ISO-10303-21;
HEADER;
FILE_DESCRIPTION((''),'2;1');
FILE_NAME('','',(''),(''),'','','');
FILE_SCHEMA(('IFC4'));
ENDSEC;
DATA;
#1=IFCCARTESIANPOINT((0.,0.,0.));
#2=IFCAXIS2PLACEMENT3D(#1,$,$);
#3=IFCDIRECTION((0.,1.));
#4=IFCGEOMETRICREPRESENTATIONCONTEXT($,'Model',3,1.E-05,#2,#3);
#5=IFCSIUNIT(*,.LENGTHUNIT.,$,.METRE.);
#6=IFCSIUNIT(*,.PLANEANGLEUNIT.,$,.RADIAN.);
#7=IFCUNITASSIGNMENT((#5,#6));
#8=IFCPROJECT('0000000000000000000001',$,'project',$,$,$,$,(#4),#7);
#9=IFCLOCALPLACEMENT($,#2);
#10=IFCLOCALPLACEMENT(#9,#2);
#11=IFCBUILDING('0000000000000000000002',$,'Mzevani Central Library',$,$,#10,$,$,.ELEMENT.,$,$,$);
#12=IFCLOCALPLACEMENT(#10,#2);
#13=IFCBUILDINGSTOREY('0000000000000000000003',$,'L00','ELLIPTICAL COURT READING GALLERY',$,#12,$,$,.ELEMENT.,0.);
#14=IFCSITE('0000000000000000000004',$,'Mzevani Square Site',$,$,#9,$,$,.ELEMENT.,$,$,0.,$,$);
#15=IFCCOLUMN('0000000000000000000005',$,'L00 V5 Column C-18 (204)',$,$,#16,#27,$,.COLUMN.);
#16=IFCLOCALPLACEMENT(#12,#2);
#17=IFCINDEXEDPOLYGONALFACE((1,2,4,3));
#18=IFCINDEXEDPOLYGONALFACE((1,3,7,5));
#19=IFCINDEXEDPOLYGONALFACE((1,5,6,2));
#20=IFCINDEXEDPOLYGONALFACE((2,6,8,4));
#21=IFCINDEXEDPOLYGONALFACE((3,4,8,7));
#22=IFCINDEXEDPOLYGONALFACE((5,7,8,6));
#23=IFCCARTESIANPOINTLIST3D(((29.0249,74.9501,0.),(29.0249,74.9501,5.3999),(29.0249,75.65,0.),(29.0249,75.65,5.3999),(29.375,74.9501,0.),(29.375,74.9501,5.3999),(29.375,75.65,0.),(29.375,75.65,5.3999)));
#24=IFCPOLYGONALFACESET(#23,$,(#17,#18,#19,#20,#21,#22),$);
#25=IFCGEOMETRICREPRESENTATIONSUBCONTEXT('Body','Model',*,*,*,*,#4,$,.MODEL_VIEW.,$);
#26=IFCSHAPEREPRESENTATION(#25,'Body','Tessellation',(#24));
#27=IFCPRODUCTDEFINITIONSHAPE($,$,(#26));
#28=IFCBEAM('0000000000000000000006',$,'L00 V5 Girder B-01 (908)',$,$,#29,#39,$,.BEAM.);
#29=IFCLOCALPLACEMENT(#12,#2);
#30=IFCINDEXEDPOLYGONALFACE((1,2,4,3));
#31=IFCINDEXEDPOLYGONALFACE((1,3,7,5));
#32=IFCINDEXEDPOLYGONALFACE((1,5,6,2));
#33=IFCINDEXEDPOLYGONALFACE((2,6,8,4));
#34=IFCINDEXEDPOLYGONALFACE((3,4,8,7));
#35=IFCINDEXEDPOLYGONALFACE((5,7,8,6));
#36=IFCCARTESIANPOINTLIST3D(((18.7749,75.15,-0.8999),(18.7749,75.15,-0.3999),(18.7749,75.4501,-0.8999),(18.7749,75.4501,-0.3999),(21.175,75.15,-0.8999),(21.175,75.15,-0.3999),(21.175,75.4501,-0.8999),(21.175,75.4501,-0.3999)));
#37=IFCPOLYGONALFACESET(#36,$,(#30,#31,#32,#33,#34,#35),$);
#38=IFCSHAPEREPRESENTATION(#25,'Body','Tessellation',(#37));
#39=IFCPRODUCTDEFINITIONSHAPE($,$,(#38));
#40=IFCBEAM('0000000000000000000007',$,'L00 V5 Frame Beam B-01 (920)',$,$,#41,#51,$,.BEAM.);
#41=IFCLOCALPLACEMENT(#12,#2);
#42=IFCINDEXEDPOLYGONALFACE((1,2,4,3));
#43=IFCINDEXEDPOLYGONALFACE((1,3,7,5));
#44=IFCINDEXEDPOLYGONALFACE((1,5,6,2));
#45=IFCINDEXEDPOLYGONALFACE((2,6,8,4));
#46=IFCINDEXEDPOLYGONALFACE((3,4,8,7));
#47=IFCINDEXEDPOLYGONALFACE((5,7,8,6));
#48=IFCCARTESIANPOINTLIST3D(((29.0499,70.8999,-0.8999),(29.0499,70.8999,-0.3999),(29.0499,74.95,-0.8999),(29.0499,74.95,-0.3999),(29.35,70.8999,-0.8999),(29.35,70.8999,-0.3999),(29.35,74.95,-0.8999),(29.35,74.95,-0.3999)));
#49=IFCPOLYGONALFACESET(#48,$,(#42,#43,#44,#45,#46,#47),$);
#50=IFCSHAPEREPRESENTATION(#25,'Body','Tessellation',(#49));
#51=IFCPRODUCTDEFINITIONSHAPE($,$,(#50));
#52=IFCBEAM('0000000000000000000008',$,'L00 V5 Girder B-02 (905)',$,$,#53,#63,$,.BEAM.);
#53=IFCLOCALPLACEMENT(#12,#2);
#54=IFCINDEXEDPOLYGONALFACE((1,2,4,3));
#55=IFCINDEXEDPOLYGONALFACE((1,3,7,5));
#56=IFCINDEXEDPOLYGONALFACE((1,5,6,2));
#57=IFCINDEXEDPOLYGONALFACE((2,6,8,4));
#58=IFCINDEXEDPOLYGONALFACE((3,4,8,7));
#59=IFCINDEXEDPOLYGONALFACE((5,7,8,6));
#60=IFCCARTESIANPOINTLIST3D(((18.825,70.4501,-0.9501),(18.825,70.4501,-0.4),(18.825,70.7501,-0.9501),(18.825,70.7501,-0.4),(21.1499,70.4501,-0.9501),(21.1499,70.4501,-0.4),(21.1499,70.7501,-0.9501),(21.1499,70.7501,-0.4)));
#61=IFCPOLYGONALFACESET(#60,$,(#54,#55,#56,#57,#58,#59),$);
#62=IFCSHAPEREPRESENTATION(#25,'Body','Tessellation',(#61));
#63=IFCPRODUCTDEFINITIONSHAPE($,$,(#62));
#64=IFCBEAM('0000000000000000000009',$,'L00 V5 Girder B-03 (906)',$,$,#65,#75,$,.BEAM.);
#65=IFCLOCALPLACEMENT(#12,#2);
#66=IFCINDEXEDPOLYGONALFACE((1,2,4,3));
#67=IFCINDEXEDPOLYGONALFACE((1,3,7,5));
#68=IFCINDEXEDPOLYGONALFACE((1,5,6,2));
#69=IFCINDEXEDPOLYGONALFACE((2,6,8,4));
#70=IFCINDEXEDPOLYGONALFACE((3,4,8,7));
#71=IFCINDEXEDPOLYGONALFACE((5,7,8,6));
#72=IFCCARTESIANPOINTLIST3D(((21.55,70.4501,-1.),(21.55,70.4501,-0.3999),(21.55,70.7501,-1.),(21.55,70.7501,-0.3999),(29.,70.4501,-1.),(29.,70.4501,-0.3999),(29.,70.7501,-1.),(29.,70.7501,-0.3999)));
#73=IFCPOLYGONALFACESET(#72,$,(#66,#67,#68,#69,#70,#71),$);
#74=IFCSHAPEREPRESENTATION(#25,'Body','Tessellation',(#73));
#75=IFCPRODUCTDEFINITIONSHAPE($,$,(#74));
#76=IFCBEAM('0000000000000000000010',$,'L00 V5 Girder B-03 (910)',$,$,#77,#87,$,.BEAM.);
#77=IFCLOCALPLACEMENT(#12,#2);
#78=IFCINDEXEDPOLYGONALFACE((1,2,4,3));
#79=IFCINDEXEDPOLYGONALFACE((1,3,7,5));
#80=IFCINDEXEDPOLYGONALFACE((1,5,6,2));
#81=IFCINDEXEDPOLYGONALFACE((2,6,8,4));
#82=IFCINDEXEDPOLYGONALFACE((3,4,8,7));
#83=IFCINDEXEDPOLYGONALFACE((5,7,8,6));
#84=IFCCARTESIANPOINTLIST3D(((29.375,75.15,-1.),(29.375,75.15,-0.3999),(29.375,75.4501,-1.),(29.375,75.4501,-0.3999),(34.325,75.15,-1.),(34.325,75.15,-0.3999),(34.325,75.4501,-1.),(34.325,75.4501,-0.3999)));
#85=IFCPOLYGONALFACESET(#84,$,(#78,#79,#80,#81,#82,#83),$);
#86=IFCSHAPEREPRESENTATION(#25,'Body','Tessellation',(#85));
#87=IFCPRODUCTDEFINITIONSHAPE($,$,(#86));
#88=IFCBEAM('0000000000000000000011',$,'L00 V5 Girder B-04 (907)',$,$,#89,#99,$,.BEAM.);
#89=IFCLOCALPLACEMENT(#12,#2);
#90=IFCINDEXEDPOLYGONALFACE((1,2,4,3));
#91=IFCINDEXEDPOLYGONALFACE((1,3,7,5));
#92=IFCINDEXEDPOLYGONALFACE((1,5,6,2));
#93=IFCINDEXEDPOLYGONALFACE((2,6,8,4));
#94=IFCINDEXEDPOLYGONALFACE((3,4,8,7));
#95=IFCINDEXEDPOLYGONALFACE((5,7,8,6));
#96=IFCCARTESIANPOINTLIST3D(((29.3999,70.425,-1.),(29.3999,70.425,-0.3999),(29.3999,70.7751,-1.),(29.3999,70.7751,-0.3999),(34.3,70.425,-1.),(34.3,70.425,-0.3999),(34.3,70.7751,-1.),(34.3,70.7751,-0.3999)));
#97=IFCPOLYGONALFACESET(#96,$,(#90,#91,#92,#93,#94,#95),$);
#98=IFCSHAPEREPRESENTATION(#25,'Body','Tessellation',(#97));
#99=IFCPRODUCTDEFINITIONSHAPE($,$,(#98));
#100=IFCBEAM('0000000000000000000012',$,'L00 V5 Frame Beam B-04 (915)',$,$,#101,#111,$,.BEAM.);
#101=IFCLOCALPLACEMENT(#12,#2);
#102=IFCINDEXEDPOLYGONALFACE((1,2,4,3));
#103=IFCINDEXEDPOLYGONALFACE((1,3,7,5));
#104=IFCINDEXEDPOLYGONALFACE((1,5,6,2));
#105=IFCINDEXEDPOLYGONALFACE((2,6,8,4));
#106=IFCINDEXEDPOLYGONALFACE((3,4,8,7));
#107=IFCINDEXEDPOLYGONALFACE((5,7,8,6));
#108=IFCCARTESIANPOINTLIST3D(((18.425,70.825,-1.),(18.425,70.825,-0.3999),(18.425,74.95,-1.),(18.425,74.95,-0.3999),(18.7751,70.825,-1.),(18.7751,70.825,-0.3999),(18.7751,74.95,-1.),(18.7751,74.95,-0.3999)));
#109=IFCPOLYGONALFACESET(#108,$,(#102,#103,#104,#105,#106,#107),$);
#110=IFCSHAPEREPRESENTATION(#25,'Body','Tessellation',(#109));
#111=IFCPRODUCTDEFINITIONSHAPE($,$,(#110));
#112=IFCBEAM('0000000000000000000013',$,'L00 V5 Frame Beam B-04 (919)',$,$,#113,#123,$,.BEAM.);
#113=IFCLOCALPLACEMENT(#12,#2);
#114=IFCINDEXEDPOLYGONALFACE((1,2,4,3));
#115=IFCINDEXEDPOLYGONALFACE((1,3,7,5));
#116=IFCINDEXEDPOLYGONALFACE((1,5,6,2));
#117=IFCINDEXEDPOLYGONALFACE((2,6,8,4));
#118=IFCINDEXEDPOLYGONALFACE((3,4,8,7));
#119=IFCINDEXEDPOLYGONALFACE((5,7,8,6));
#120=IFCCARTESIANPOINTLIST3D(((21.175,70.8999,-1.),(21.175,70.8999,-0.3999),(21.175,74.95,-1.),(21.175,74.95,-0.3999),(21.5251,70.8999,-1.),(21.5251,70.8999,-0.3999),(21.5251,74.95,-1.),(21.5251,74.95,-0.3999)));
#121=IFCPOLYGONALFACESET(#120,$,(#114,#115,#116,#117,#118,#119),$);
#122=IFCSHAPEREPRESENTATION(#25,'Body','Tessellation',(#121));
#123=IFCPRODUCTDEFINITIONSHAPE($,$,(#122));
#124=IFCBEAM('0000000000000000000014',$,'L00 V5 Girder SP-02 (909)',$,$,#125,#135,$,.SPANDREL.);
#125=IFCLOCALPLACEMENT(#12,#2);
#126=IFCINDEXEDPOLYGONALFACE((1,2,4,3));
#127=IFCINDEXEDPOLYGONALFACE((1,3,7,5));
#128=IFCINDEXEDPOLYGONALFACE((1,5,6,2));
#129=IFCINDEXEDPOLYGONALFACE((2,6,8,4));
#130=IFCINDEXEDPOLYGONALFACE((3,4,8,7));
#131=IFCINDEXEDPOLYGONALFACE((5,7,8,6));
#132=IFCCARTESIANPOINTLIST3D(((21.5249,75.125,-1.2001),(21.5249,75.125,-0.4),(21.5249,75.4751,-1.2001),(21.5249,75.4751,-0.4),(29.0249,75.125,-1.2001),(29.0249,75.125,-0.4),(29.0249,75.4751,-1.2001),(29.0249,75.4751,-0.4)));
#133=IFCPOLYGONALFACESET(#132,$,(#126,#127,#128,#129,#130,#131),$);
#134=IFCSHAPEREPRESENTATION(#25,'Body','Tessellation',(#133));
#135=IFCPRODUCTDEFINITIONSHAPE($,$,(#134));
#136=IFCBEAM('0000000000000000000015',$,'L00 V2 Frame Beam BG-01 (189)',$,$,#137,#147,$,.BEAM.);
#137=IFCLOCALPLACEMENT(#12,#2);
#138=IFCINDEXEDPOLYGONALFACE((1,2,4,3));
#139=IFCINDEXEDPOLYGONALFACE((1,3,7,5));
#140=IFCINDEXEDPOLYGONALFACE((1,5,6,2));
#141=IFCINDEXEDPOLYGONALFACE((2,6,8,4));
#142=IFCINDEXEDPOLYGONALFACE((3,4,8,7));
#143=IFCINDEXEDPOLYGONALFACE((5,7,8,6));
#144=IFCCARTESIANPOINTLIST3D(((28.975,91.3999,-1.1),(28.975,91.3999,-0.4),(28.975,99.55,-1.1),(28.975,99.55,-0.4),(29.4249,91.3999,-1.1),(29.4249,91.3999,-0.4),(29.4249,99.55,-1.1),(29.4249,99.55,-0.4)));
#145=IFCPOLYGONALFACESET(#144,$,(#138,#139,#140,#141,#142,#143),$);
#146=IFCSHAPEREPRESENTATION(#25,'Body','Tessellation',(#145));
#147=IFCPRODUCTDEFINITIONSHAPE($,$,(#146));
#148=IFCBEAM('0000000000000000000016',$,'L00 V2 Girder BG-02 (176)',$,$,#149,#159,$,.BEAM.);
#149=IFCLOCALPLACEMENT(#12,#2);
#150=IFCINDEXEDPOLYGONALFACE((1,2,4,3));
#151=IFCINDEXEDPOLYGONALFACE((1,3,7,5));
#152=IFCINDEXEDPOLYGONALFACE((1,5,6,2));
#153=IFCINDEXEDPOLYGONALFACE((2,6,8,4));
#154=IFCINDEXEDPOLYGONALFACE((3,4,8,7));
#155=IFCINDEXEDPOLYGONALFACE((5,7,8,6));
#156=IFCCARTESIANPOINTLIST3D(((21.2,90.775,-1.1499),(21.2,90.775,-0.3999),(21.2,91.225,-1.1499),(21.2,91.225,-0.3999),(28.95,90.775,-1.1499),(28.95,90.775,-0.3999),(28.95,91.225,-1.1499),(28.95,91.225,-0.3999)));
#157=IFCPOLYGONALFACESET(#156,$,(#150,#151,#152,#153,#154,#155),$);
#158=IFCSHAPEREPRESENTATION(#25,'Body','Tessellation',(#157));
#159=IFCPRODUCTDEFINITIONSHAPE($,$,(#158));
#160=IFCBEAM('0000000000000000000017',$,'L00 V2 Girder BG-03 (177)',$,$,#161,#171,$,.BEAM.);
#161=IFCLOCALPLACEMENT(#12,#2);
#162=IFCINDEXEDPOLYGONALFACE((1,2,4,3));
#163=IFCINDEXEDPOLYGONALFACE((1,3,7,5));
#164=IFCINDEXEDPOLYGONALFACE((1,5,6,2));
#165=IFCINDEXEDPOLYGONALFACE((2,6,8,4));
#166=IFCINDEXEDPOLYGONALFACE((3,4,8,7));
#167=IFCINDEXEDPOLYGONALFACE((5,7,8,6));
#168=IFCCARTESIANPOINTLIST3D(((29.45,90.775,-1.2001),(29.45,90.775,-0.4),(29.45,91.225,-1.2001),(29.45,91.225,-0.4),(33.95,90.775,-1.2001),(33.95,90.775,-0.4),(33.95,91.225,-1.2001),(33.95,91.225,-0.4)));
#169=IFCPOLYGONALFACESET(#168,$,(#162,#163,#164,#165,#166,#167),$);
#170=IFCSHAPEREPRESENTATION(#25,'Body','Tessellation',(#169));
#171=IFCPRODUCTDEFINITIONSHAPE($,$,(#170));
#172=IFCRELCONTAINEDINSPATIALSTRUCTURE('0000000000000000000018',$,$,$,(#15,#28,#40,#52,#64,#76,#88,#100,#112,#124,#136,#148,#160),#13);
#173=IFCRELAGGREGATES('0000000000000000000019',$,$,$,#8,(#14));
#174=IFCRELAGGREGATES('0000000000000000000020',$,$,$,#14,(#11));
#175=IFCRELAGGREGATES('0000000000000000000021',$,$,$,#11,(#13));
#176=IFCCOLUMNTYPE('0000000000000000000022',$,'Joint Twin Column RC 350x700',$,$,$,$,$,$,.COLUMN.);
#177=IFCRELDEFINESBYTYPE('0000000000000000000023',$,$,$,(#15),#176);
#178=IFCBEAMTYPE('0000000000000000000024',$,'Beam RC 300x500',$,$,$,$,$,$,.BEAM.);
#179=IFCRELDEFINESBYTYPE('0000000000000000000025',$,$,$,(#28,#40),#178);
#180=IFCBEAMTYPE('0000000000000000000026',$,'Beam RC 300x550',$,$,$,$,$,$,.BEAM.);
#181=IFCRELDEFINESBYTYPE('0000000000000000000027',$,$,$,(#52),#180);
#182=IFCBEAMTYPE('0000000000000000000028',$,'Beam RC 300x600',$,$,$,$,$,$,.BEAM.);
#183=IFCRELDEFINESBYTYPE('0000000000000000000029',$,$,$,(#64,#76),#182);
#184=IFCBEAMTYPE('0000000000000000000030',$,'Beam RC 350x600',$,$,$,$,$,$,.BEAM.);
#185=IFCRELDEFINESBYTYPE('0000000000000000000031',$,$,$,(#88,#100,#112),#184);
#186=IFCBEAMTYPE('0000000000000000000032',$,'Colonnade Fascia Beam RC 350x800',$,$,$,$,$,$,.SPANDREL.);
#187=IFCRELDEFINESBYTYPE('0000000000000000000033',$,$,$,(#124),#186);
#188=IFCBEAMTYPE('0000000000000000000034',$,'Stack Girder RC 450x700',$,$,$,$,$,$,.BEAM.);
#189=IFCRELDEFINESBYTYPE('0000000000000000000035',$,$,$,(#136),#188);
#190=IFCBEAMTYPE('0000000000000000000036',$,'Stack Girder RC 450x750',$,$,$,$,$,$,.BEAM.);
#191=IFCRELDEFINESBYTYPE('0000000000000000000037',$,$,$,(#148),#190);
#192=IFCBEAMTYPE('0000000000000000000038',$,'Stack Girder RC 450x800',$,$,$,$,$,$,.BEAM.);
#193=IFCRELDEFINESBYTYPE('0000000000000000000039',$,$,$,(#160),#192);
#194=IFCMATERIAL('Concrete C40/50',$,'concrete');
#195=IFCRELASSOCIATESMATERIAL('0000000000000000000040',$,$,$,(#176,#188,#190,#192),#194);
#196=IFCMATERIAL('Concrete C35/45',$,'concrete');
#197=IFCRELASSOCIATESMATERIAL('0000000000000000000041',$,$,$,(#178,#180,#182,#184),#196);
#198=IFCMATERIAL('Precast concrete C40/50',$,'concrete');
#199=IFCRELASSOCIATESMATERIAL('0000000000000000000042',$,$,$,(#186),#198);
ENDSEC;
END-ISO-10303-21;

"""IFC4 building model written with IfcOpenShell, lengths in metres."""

from ifc_helpers import new_model, si_unit, direction, frame, origin, origin_2d, place, context, subcontext, project, spatial, rectangle, extrude, material, material_profile, profile_set, type_object, element, save


model = new_model("IFC4")

# Units and contexts
model_context = context("Model", 3, precision=1e-05, world=origin(), true_north=direction((0.0, 1.0)))
body_context = subcontext(model_context, "Body", "Model", "MODEL_VIEW")
ifc_project = project(units=[si_unit("LENGTHUNIT", "METRE"), si_unit("PLANEANGLEUNIT", "RADIAN")], contexts=[model_context])

# Site, building, storey
site_placement = place(None, origin())
site = spatial("IfcSite", under=ifc_project, at=site_placement, Name="Mzevani Square Site", CompositionType="ELEMENT", RefElevation=0.0)
building_placement = place(site_placement, origin())
building = spatial("IfcBuilding", under=site, at=building_placement, Name="Mzevani Central Library", CompositionType="ELEMENT")
storey_placement = place(building_placement, origin())
storey = spatial("IfcBuildingStorey", under=building, at=storey_placement, Name="L00", Description="ELLIPTICAL COURT READING GALLERY", CompositionType="ELEMENT", Elevation=0.0)

# Column
ifc_material_1 = material(Name="Concrete C40/50", Category="concrete")
ifc_material_profile_1 = material_profile(ifc_material_1, rectangle(XDim=0.3501, YDim=0.7, at=origin_2d()), Name="RC 350x700")
ifc_profile_set_1 = profile_set([ifc_material_profile_1], Name="Concrete C40/50")
column_type_1 = type_object("IfcColumnType", Name="Joint Twin Column RC 350x700", PredefinedType="COLUMN", material=ifc_profile_set_1)
for number, where, z_axis, x_axis, name in (
    (1, (29.2, 75.3, 0.0), (0.0, 0.0, 1.0), (1.0, 0.0, 0.0), "L00 V5 Column C-18 (204)"),
):
    element("IfcColumn", number, at=place(storey_placement, frame(where, z_axis=z_axis, x_axis=x_axis)), inside=storey, type_object=column_type_1, Name=name, PredefinedType="COLUMN", context=body_context, shape_type="SweptSolid", body=[
        extrude(rectangle(XDim=0.3501, YDim=0.7, at=origin_2d()), origin(), (0.0, 0.0, 1.0), 5.3999),
    ])

# Beams
ifc_material_2 = material(Name="Concrete C35/45", Category="concrete")
ifc_material_profile_2 = material_profile(ifc_material_2, rectangle(XDim=0.3, YDim=0.5, at=origin_2d()), Name="RC B300x500")
ifc_profile_set_2 = profile_set([ifc_material_profile_2], Name="Concrete C35/45")
beam_type_1 = type_object("IfcBeamType", Name="Beam RC 300x500", PredefinedType="BEAM", material=ifc_profile_set_2)
beam_1_placement = place(storey_placement, frame((18.7749, 75.3, -0.6499), z_axis=(1.0, 0.0, 0.0), x_axis=(0.0, 1.0, 0.0)))
element("IfcBeam", 2, at=beam_1_placement, inside=storey, type_object=beam_type_1, Name="L00 V5 Girder B-01 (908)", PredefinedType="BEAM", context=body_context, shape_type="SweptSolid", body=[
    extrude(rectangle(XDim=0.3, YDim=0.5, at=origin_2d()), origin(), (0.0, 0.0, 1.0), 2.4001),
])
beam_2_placement = place(storey_placement, frame((29.2, 70.8999, -0.6499), z_axis=(0.0, 1.0, 0.0), x_axis=(-1.0, 0.0, 0.0)))
element("IfcBeam", 3, at=beam_2_placement, inside=storey, type_object=beam_type_1, Name="L00 V5 Frame Beam B-01 (920)", PredefinedType="BEAM", context=body_context, shape_type="SweptSolid", body=[
    extrude(rectangle(XDim=0.3, YDim=0.5, at=origin_2d()), origin(), (0.0, 0.0, 1.0), 4.05),
])
ifc_material_profile_3 = material_profile(ifc_material_2, rectangle(XDim=0.3, YDim=0.55, at=origin_2d()), Name="RC B300x550")
ifc_profile_set_3 = profile_set([ifc_material_profile_3], Name="Concrete C35/45")
beam_type_2 = type_object("IfcBeamType", Name="Beam RC 300x550", PredefinedType="BEAM", material=ifc_profile_set_3)
beam_3_placement = place(storey_placement, frame((18.825, 70.6001, -0.675), z_axis=(1.0, 0.0, 0.0), x_axis=(0.0, 1.0, 0.0)))
element("IfcBeam", 4, at=beam_3_placement, inside=storey, type_object=beam_type_2, Name="L00 V5 Girder B-02 (905)", PredefinedType="BEAM", context=body_context, shape_type="SweptSolid", body=[
    extrude(rectangle(XDim=0.3, YDim=0.55, at=origin_2d()), origin(), (0.0, 0.0, 1.0), 2.325),
])
ifc_material_profile_4 = material_profile(ifc_material_2, rectangle(XDim=0.3, YDim=0.6001, at=origin_2d()), Name="RC B300x600")
ifc_profile_set_4 = profile_set([ifc_material_profile_4], Name="Concrete C35/45")
beam_type_3 = type_object("IfcBeamType", Name="Beam RC 300x600", PredefinedType="BEAM", material=ifc_profile_set_4)
beam_4_placement = place(storey_placement, frame((21.55, 70.6001, -0.7), z_axis=(1.0, 0.0, 0.0), x_axis=(0.0, 1.0, 0.0)))
element("IfcBeam", 5, at=beam_4_placement, inside=storey, type_object=beam_type_3, Name="L00 V5 Girder B-03 (906)", PredefinedType="BEAM", context=body_context, shape_type="SweptSolid", body=[
    extrude(rectangle(XDim=0.3, YDim=0.6001, at=origin_2d()), origin(), (0.0, 0.0, 1.0), 7.45),
])
beam_5_placement = place(storey_placement, frame((29.375, 75.3, -0.7), z_axis=(1.0, 0.0, 0.0), x_axis=(0.0, 1.0, 0.0)))
element("IfcBeam", 6, at=beam_5_placement, inside=storey, type_object=beam_type_3, Name="L00 V5 Girder B-03 (910)", PredefinedType="BEAM", context=body_context, shape_type="SweptSolid", body=[
    extrude(rectangle(XDim=0.3, YDim=0.6001, at=origin_2d()), origin(), (0.0, 0.0, 1.0), 4.95),
])
ifc_material_profile_5 = material_profile(ifc_material_2, rectangle(XDim=0.3501, YDim=0.6001, at=origin_2d()), Name="RC B350x600")
ifc_profile_set_5 = profile_set([ifc_material_profile_5], Name="Concrete C35/45")
beam_type_4 = type_object("IfcBeamType", Name="Beam RC 350x600", PredefinedType="BEAM", material=ifc_profile_set_5)
beam_6_placement = place(storey_placement, frame((29.3999, 70.6001, -0.7), z_axis=(1.0, 0.0, 0.0), x_axis=(0.0, 1.0, 0.0)))
element("IfcBeam", 7, at=beam_6_placement, inside=storey, type_object=beam_type_4, Name="L00 V5 Girder B-04 (907)", PredefinedType="BEAM", context=body_context, shape_type="SweptSolid", body=[
    extrude(rectangle(XDim=0.3501, YDim=0.6001, at=origin_2d()), origin(), (0.0, 0.0, 1.0), 4.9001),
])
beam_7_placement = place(storey_placement, frame((18.6001, 70.825, -0.7), z_axis=(0.0, 1.0, 0.0), x_axis=(-1.0, 0.0, 0.0)))
element("IfcBeam", 8, at=beam_7_placement, inside=storey, type_object=beam_type_4, Name="L00 V5 Frame Beam B-04 (915)", PredefinedType="BEAM", context=body_context, shape_type="SweptSolid", body=[
    extrude(rectangle(XDim=0.3501, YDim=0.6001, at=origin_2d()), origin(), (0.0, 0.0, 1.0), 4.125),
])
beam_8_placement = place(storey_placement, frame((21.3501, 70.8999, -0.7), z_axis=(0.0, 1.0, 0.0), x_axis=(-1.0, 0.0, 0.0)))
element("IfcBeam", 9, at=beam_8_placement, inside=storey, type_object=beam_type_4, Name="L00 V5 Frame Beam B-04 (919)", PredefinedType="BEAM", context=body_context, shape_type="SweptSolid", body=[
    extrude(rectangle(XDim=0.3501, YDim=0.6001, at=origin_2d()), origin(), (0.0, 0.0, 1.0), 4.05),
])
ifc_material_3 = material(Name="Precast concrete C40/50", Category="concrete")
ifc_material_profile_6 = material_profile(ifc_material_3, rectangle(XDim=0.3501, YDim=0.8, at=origin_2d()), Name="RC SP350x800")
ifc_profile_set_6 = profile_set([ifc_material_profile_6], Name="Precast concrete C40/50")
beam_type_5 = type_object("IfcBeamType", Name="Colonnade Fascia Beam RC 350x800", PredefinedType="SPANDREL", material=ifc_profile_set_6)
beam_9_placement = place(storey_placement, frame((21.5249, 75.3, -0.8), z_axis=(1.0, 0.0, 0.0), x_axis=(0.0, 1.0, 0.0)))
element("IfcBeam", 10, at=beam_9_placement, inside=storey, type_object=beam_type_5, Name="L00 V5 Girder SP-02 (909)", PredefinedType="SPANDREL", context=body_context, shape_type="SweptSolid", body=[
    extrude(rectangle(XDim=0.3501, YDim=0.8, at=origin_2d()), origin(), (0.0, 0.0, 1.0), 7.5),
])
ifc_material_profile_7 = material_profile(ifc_material_1, rectangle(XDim=0.45, YDim=0.7, at=origin_2d()), Name="RC B450x700")
ifc_profile_set_7 = profile_set([ifc_material_profile_7], Name="Concrete C40/50")
beam_type_6 = type_object("IfcBeamType", Name="Stack Girder RC 450x700", PredefinedType="BEAM", material=ifc_profile_set_7)
beam_10_placement = place(storey_placement, frame((29.2, 91.3999, -0.75), z_axis=(0.0, 1.0, 0.0), x_axis=(-1.0, 0.0, 0.0)))
element("IfcBeam", 11, at=beam_10_placement, inside=storey, type_object=beam_type_6, Name="L00 V2 Frame Beam BG-01 (189)", PredefinedType="BEAM", context=body_context, shape_type="SweptSolid", body=[
    extrude(rectangle(XDim=0.45, YDim=0.7, at=origin_2d()), origin(), (0.0, 0.0, 1.0), 8.1501),
])
ifc_material_profile_8 = material_profile(ifc_material_1, rectangle(XDim=0.45, YDim=0.75, at=origin_2d()), Name="RC B450x750")
ifc_profile_set_8 = profile_set([ifc_material_profile_8], Name="Concrete C40/50")
beam_type_7 = type_object("IfcBeamType", Name="Stack Girder RC 450x750", PredefinedType="BEAM", material=ifc_profile_set_8)
beam_11_placement = place(storey_placement, frame((21.2, 91.0, -0.7749), z_axis=(1.0, 0.0, 0.0), x_axis=(0.0, 1.0, 0.0)))
element("IfcBeam", 12, at=beam_11_placement, inside=storey, type_object=beam_type_7, Name="L00 V2 Girder BG-02 (176)", PredefinedType="BEAM", context=body_context, shape_type="SweptSolid", body=[
    extrude(rectangle(XDim=0.45, YDim=0.75, at=origin_2d()), origin(), (0.0, 0.0, 1.0), 7.75),
])
ifc_material_profile_9 = material_profile(ifc_material_1, rectangle(XDim=0.45, YDim=0.8, at=origin_2d()), Name="RC B450x800")
ifc_profile_set_9 = profile_set([ifc_material_profile_9], Name="Concrete C40/50")
beam_type_8 = type_object("IfcBeamType", Name="Stack Girder RC 450x800", PredefinedType="BEAM", material=ifc_profile_set_9)
beam_12_placement = place(storey_placement, frame((29.45, 91.0, -0.8), z_axis=(1.0, 0.0, 0.0), x_axis=(0.0, 1.0, 0.0)))
element("IfcBeam", 13, at=beam_12_placement, inside=storey, type_object=beam_type_8, Name="L00 V2 Girder BG-03 (177)", PredefinedType="BEAM", context=body_context, shape_type="SweptSolid", body=[
    extrude(rectangle(XDim=0.45, YDim=0.8, at=origin_2d()), origin(), (0.0, 0.0, 1.0), 4.5),
])

save(model, "model.ifc")
